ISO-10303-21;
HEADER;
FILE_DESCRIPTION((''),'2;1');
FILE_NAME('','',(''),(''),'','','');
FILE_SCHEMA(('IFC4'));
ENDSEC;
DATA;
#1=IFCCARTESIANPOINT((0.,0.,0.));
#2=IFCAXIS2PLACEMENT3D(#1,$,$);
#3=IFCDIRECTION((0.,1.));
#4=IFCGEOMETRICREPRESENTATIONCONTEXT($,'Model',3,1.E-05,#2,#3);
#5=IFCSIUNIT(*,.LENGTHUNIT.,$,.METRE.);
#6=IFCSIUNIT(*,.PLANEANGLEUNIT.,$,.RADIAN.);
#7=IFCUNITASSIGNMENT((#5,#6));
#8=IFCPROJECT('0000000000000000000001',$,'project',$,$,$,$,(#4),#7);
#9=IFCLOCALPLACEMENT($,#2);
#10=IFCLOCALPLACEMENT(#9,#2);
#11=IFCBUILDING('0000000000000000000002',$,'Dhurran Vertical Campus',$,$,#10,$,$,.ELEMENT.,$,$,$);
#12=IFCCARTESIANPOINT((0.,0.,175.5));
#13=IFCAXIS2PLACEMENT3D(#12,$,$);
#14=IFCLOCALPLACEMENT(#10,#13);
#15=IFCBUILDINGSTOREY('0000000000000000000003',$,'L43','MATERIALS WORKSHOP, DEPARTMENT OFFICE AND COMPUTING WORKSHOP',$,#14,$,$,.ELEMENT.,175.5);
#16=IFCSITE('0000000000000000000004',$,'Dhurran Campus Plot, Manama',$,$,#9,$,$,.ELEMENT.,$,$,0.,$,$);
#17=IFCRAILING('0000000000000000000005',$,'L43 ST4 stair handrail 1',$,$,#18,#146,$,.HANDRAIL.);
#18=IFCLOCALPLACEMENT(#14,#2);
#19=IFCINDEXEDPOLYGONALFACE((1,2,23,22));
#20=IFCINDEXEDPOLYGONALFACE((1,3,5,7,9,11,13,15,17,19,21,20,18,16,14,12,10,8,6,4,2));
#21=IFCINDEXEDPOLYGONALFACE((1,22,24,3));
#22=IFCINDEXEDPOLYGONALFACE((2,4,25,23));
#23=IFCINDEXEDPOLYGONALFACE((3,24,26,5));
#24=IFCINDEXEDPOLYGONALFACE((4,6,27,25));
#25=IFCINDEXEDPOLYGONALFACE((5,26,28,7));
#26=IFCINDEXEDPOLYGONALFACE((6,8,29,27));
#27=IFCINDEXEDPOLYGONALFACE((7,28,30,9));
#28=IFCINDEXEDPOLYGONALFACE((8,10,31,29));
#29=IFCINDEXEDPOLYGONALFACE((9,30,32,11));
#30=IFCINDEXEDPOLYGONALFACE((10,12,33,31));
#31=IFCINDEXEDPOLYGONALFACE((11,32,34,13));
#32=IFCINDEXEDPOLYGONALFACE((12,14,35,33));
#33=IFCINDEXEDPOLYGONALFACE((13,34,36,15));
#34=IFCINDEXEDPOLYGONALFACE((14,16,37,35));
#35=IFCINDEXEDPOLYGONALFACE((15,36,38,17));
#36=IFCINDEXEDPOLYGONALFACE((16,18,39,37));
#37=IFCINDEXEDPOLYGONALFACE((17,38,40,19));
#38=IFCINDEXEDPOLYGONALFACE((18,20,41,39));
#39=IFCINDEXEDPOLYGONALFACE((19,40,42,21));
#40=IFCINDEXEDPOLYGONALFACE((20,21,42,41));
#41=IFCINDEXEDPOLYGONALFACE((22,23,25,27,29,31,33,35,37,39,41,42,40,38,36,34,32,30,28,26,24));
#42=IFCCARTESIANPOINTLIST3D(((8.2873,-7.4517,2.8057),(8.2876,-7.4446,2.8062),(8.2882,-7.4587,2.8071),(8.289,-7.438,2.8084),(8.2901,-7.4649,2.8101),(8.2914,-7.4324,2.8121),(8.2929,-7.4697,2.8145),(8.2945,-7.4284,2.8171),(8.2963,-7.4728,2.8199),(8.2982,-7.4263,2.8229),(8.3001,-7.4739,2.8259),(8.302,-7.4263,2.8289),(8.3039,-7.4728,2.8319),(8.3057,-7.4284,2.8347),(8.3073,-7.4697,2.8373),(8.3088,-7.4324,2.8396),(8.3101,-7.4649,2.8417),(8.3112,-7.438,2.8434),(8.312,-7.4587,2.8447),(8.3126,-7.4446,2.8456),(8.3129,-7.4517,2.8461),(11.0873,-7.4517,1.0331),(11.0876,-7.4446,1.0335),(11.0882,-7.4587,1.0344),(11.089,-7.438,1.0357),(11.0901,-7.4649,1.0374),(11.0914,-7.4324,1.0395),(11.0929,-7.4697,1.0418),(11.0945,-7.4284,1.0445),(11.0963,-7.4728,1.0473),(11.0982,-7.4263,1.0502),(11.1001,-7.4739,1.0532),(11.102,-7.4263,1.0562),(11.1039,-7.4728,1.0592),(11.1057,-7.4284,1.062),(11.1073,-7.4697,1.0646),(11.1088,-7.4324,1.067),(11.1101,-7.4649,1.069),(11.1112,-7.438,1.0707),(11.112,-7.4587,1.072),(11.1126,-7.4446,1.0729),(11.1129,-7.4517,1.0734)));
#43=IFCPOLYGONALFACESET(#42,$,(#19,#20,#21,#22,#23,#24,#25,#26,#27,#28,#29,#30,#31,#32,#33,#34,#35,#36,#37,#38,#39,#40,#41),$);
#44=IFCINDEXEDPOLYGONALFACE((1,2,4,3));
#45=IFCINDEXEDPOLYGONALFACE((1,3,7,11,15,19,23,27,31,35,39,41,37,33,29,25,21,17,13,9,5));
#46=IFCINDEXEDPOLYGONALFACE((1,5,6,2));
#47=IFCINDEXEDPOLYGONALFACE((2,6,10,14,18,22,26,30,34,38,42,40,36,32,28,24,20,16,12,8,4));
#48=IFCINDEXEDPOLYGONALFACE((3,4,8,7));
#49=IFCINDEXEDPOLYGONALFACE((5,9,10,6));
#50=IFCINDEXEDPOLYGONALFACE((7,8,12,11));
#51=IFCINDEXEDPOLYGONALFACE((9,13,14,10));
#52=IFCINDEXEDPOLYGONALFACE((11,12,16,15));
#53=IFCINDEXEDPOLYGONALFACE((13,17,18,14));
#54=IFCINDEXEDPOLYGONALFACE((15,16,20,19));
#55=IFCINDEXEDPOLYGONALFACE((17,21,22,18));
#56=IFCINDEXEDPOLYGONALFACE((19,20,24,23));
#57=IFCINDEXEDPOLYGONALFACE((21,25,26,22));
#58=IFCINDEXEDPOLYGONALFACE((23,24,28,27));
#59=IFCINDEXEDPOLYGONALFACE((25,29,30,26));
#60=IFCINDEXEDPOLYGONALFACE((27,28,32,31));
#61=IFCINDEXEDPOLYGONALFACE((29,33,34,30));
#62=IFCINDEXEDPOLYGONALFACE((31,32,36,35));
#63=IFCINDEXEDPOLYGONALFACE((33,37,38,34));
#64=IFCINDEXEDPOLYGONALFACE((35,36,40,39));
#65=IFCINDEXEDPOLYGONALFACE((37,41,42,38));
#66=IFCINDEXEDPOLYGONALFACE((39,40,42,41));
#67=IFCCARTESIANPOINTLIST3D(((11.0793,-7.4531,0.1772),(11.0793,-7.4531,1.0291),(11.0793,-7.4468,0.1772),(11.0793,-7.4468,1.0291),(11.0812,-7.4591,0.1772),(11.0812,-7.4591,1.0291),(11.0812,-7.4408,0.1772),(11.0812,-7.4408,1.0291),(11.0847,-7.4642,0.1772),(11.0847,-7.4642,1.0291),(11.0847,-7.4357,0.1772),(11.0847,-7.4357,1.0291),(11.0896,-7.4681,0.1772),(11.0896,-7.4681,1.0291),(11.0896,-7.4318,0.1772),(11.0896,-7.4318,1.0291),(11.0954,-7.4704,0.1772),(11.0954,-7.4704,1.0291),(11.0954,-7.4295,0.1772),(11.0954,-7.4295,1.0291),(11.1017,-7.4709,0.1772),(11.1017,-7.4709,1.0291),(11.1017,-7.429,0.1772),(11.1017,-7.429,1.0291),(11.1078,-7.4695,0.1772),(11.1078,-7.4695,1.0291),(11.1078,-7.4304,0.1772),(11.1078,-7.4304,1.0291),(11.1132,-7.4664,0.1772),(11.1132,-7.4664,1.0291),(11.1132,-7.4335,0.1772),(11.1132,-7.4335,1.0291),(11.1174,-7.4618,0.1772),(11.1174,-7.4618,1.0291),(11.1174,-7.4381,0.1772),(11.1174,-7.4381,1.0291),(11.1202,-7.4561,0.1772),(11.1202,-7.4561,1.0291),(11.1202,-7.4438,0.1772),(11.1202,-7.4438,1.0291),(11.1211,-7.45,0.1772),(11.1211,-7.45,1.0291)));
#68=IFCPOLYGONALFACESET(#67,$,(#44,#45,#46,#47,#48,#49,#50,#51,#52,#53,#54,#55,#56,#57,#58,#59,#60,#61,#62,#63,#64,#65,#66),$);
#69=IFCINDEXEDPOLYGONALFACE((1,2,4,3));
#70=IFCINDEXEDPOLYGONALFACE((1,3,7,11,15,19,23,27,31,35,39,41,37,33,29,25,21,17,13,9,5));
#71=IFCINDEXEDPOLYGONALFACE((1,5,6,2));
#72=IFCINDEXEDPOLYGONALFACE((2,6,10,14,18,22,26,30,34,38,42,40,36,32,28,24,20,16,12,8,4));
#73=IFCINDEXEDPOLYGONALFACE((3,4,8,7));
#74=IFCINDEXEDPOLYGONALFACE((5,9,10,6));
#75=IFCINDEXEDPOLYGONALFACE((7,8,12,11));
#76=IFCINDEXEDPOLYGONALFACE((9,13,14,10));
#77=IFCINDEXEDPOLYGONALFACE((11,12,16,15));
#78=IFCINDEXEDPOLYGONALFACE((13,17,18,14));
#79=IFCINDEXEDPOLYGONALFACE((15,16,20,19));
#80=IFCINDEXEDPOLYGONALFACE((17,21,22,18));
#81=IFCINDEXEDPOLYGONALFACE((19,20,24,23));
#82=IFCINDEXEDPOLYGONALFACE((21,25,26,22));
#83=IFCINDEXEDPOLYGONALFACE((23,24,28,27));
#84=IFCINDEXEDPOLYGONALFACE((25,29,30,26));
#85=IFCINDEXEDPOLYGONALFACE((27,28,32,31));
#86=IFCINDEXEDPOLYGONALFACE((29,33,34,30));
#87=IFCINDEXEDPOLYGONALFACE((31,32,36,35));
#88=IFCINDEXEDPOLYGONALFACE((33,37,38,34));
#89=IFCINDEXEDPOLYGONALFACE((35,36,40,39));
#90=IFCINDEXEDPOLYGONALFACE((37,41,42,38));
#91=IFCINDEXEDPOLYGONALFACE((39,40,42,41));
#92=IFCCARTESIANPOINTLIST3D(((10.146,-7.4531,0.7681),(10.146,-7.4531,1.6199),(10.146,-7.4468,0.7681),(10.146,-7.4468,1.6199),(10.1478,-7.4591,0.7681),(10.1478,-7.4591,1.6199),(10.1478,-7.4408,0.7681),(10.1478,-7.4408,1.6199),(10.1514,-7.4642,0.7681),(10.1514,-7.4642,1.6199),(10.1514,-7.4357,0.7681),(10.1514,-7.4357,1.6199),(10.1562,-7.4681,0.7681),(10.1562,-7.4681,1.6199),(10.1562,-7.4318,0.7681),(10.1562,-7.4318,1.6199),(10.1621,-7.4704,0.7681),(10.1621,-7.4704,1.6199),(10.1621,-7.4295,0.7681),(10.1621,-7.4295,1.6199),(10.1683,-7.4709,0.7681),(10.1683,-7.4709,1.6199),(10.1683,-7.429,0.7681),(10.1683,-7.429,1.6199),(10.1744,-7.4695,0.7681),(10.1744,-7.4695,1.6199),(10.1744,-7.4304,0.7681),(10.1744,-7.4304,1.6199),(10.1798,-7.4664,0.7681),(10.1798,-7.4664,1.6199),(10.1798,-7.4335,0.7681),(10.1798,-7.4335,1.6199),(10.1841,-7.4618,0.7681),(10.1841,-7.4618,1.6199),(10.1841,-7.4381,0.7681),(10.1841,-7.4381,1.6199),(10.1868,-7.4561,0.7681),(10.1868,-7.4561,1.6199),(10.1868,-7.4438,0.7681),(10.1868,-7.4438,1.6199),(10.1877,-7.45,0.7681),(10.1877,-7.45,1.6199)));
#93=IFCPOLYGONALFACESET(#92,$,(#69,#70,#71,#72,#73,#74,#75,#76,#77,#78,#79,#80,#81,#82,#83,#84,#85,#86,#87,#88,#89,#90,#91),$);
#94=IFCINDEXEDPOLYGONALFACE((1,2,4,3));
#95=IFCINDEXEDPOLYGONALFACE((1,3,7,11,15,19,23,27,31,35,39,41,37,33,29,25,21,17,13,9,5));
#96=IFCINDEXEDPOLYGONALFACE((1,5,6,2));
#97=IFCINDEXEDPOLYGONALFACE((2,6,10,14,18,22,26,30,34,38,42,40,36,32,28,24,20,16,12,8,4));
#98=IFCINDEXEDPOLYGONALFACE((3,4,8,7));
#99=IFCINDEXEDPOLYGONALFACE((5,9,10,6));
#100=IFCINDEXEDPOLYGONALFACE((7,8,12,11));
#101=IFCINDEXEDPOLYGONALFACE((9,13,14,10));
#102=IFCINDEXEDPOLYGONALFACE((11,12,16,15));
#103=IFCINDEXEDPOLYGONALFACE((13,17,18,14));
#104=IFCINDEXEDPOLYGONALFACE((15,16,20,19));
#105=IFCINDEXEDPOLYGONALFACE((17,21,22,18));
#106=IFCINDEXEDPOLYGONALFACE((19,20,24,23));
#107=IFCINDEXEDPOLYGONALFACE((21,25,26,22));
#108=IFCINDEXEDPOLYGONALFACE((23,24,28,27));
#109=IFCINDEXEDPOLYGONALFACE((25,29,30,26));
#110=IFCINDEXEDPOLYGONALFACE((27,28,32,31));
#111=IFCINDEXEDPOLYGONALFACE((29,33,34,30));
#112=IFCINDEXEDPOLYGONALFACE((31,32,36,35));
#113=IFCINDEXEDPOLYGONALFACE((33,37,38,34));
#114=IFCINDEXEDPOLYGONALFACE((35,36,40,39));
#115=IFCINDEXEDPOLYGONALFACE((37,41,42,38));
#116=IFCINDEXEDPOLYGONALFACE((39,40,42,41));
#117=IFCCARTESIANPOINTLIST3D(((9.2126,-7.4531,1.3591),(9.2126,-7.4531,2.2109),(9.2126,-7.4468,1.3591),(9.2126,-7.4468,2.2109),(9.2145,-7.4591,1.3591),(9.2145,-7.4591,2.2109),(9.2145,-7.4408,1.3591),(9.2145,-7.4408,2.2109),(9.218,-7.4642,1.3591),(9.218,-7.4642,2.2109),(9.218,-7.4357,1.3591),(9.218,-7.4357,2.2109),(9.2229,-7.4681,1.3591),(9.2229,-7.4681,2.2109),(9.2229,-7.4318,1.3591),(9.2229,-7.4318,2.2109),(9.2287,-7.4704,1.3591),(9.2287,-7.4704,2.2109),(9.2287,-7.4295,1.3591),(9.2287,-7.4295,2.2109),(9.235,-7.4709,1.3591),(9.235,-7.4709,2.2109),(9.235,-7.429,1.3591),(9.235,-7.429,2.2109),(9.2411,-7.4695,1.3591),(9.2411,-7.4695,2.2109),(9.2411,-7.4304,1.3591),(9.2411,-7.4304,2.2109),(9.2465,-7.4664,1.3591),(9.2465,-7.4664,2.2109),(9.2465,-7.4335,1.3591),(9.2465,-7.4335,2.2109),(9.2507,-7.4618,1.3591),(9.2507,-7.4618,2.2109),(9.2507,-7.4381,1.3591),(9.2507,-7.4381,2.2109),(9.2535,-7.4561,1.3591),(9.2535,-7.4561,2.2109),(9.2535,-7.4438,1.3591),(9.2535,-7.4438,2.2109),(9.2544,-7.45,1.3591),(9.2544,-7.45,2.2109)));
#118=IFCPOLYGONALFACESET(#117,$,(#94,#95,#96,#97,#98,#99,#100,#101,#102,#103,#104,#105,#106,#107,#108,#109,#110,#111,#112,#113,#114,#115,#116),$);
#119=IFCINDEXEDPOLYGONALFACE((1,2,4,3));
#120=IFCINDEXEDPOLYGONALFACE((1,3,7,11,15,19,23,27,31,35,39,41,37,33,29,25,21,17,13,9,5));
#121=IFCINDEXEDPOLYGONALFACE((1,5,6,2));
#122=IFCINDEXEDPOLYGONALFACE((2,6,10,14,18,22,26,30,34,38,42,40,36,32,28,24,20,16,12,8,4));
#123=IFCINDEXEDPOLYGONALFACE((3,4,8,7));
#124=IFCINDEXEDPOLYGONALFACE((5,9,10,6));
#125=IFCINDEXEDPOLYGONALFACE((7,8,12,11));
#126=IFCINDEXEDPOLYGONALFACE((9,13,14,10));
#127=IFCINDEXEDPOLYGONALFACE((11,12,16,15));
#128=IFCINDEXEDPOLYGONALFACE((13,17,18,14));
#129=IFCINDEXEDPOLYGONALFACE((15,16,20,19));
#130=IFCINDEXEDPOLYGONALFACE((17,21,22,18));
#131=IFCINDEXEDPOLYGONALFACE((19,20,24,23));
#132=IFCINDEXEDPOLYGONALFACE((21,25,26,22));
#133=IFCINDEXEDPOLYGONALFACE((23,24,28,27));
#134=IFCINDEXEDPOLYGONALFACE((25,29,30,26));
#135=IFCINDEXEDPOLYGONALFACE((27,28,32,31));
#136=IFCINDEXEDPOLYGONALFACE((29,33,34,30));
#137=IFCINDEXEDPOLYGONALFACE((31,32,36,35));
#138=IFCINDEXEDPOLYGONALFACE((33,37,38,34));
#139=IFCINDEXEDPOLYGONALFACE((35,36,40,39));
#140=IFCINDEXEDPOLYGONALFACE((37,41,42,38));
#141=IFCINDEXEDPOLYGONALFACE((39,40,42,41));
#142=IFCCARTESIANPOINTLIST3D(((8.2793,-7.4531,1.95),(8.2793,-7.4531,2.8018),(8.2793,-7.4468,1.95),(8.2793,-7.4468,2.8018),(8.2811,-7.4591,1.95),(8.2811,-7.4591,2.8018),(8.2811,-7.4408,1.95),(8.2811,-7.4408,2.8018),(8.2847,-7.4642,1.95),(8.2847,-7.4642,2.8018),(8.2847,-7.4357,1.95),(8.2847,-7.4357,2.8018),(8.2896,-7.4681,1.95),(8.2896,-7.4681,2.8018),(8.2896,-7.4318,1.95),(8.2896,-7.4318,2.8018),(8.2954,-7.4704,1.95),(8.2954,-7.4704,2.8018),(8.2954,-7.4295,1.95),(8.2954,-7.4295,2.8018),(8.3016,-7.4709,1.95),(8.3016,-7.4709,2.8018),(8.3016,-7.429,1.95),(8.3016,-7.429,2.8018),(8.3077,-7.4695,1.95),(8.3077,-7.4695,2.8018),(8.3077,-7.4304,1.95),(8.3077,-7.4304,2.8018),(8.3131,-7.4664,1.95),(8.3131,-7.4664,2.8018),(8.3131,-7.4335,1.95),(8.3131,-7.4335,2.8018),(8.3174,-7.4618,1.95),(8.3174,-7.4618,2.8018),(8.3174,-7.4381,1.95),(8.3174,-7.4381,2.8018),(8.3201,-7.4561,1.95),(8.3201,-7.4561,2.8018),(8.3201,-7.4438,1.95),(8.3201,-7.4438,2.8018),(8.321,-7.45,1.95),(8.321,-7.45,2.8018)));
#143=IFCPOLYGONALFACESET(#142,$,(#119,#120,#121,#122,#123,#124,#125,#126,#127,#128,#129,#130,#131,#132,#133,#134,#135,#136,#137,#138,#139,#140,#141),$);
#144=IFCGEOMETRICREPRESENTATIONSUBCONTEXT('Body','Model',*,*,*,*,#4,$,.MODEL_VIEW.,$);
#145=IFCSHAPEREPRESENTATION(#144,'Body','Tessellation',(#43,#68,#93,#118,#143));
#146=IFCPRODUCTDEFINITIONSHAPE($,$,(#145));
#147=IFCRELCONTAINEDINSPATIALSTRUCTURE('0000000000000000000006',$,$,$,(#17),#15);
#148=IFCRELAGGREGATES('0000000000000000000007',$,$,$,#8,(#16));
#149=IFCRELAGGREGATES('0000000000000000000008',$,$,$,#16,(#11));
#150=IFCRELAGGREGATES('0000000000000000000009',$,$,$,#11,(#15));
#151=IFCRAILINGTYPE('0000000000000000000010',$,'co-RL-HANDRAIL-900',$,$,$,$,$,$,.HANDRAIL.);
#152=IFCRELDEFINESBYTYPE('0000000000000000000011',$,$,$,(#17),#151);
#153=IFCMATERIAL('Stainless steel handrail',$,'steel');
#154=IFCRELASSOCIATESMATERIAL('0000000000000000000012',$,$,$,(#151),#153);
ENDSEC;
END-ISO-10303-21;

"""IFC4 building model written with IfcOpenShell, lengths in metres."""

from ifc_helpers import new_model, si_unit, direction, frame, origin, origin_2d, place, context, subcontext, project, spatial, circle, extrude, material, type_object, element, save


model = new_model("IFC4")

# Units and contexts
model_context = context("Model", 3, precision=1e-05, world=origin(), true_north=direction((0.0, 1.0)))
body_context = subcontext(model_context, "Body", "Model", "MODEL_VIEW")
ifc_project = project(units=[si_unit("LENGTHUNIT", "METRE"), si_unit("PLANEANGLEUNIT", "RADIAN")], contexts=[model_context])

# Site, building, storey
site_placement = place(None, origin())
site = spatial("IfcSite", under=ifc_project, at=site_placement, Name="Dhurran Campus Plot, Manama", CompositionType="ELEMENT", RefElevation=0.0)
building_placement = place(site_placement, origin())
building = spatial("IfcBuilding", under=site, at=building_placement, Name="Dhurran Vertical Campus", CompositionType="ELEMENT")
storey_placement = place(building_placement, frame((0.0, 0.0, 175.5)))
storey = spatial("IfcBuildingStorey", under=building, at=storey_placement, Name="L43", Description="MATERIALS WORKSHOP, DEPARTMENT OFFICE AND COMPUTING WORKSHOP", CompositionType="ELEMENT", Elevation=175.5)

# Railing
ifc_material_1 = material(Name="Stainless steel handrail", Category="steel")
railing_type_1 = type_object("IfcRailingType", Name="co-RL-HANDRAIL-900", PredefinedType="HANDRAIL", material=ifc_material_1)
railing_1_placement = place(storey_placement, frame((11.1001, -7.45, 0.1772)))
element("IfcRailing", 1, at=railing_1_placement, inside=storey, type_object=railing_type_1, Name="L43 ST4 stair handrail 1", PredefinedType="HANDRAIL", context=body_context, shape_type="SweptSolid", body=[
    extrude(circle(Radius=0.0239, at=origin_2d()), frame((0.0, 0.0, 0.876), z_axis=(-0.844909, 0.0, 0.53491), x_axis=(0.0, -1.0, 0.0)), (0.0, 0.0, 1.0), 3.314),
    extrude(circle(Radius=0.021, at=origin_2d()), origin(), (0.0, 0.0, 1.0), 0.8518),
    extrude(circle(Radius=0.021, at=origin_2d()), frame((-0.9333, 0.0, 0.5908)), (0.0, 0.0, 1.0), 0.8518),
    extrude(circle(Radius=0.021, at=origin_2d()), frame((-1.8667, 0.0, 1.1819)), (0.0, 0.0, 1.0), 0.8518),
    extrude(circle(Radius=0.021, at=origin_2d()), frame((-2.8, 0.0, 1.7727)), (0.0, 0.0, 1.0), 0.8518),
])

save(model, "model.ifc")
